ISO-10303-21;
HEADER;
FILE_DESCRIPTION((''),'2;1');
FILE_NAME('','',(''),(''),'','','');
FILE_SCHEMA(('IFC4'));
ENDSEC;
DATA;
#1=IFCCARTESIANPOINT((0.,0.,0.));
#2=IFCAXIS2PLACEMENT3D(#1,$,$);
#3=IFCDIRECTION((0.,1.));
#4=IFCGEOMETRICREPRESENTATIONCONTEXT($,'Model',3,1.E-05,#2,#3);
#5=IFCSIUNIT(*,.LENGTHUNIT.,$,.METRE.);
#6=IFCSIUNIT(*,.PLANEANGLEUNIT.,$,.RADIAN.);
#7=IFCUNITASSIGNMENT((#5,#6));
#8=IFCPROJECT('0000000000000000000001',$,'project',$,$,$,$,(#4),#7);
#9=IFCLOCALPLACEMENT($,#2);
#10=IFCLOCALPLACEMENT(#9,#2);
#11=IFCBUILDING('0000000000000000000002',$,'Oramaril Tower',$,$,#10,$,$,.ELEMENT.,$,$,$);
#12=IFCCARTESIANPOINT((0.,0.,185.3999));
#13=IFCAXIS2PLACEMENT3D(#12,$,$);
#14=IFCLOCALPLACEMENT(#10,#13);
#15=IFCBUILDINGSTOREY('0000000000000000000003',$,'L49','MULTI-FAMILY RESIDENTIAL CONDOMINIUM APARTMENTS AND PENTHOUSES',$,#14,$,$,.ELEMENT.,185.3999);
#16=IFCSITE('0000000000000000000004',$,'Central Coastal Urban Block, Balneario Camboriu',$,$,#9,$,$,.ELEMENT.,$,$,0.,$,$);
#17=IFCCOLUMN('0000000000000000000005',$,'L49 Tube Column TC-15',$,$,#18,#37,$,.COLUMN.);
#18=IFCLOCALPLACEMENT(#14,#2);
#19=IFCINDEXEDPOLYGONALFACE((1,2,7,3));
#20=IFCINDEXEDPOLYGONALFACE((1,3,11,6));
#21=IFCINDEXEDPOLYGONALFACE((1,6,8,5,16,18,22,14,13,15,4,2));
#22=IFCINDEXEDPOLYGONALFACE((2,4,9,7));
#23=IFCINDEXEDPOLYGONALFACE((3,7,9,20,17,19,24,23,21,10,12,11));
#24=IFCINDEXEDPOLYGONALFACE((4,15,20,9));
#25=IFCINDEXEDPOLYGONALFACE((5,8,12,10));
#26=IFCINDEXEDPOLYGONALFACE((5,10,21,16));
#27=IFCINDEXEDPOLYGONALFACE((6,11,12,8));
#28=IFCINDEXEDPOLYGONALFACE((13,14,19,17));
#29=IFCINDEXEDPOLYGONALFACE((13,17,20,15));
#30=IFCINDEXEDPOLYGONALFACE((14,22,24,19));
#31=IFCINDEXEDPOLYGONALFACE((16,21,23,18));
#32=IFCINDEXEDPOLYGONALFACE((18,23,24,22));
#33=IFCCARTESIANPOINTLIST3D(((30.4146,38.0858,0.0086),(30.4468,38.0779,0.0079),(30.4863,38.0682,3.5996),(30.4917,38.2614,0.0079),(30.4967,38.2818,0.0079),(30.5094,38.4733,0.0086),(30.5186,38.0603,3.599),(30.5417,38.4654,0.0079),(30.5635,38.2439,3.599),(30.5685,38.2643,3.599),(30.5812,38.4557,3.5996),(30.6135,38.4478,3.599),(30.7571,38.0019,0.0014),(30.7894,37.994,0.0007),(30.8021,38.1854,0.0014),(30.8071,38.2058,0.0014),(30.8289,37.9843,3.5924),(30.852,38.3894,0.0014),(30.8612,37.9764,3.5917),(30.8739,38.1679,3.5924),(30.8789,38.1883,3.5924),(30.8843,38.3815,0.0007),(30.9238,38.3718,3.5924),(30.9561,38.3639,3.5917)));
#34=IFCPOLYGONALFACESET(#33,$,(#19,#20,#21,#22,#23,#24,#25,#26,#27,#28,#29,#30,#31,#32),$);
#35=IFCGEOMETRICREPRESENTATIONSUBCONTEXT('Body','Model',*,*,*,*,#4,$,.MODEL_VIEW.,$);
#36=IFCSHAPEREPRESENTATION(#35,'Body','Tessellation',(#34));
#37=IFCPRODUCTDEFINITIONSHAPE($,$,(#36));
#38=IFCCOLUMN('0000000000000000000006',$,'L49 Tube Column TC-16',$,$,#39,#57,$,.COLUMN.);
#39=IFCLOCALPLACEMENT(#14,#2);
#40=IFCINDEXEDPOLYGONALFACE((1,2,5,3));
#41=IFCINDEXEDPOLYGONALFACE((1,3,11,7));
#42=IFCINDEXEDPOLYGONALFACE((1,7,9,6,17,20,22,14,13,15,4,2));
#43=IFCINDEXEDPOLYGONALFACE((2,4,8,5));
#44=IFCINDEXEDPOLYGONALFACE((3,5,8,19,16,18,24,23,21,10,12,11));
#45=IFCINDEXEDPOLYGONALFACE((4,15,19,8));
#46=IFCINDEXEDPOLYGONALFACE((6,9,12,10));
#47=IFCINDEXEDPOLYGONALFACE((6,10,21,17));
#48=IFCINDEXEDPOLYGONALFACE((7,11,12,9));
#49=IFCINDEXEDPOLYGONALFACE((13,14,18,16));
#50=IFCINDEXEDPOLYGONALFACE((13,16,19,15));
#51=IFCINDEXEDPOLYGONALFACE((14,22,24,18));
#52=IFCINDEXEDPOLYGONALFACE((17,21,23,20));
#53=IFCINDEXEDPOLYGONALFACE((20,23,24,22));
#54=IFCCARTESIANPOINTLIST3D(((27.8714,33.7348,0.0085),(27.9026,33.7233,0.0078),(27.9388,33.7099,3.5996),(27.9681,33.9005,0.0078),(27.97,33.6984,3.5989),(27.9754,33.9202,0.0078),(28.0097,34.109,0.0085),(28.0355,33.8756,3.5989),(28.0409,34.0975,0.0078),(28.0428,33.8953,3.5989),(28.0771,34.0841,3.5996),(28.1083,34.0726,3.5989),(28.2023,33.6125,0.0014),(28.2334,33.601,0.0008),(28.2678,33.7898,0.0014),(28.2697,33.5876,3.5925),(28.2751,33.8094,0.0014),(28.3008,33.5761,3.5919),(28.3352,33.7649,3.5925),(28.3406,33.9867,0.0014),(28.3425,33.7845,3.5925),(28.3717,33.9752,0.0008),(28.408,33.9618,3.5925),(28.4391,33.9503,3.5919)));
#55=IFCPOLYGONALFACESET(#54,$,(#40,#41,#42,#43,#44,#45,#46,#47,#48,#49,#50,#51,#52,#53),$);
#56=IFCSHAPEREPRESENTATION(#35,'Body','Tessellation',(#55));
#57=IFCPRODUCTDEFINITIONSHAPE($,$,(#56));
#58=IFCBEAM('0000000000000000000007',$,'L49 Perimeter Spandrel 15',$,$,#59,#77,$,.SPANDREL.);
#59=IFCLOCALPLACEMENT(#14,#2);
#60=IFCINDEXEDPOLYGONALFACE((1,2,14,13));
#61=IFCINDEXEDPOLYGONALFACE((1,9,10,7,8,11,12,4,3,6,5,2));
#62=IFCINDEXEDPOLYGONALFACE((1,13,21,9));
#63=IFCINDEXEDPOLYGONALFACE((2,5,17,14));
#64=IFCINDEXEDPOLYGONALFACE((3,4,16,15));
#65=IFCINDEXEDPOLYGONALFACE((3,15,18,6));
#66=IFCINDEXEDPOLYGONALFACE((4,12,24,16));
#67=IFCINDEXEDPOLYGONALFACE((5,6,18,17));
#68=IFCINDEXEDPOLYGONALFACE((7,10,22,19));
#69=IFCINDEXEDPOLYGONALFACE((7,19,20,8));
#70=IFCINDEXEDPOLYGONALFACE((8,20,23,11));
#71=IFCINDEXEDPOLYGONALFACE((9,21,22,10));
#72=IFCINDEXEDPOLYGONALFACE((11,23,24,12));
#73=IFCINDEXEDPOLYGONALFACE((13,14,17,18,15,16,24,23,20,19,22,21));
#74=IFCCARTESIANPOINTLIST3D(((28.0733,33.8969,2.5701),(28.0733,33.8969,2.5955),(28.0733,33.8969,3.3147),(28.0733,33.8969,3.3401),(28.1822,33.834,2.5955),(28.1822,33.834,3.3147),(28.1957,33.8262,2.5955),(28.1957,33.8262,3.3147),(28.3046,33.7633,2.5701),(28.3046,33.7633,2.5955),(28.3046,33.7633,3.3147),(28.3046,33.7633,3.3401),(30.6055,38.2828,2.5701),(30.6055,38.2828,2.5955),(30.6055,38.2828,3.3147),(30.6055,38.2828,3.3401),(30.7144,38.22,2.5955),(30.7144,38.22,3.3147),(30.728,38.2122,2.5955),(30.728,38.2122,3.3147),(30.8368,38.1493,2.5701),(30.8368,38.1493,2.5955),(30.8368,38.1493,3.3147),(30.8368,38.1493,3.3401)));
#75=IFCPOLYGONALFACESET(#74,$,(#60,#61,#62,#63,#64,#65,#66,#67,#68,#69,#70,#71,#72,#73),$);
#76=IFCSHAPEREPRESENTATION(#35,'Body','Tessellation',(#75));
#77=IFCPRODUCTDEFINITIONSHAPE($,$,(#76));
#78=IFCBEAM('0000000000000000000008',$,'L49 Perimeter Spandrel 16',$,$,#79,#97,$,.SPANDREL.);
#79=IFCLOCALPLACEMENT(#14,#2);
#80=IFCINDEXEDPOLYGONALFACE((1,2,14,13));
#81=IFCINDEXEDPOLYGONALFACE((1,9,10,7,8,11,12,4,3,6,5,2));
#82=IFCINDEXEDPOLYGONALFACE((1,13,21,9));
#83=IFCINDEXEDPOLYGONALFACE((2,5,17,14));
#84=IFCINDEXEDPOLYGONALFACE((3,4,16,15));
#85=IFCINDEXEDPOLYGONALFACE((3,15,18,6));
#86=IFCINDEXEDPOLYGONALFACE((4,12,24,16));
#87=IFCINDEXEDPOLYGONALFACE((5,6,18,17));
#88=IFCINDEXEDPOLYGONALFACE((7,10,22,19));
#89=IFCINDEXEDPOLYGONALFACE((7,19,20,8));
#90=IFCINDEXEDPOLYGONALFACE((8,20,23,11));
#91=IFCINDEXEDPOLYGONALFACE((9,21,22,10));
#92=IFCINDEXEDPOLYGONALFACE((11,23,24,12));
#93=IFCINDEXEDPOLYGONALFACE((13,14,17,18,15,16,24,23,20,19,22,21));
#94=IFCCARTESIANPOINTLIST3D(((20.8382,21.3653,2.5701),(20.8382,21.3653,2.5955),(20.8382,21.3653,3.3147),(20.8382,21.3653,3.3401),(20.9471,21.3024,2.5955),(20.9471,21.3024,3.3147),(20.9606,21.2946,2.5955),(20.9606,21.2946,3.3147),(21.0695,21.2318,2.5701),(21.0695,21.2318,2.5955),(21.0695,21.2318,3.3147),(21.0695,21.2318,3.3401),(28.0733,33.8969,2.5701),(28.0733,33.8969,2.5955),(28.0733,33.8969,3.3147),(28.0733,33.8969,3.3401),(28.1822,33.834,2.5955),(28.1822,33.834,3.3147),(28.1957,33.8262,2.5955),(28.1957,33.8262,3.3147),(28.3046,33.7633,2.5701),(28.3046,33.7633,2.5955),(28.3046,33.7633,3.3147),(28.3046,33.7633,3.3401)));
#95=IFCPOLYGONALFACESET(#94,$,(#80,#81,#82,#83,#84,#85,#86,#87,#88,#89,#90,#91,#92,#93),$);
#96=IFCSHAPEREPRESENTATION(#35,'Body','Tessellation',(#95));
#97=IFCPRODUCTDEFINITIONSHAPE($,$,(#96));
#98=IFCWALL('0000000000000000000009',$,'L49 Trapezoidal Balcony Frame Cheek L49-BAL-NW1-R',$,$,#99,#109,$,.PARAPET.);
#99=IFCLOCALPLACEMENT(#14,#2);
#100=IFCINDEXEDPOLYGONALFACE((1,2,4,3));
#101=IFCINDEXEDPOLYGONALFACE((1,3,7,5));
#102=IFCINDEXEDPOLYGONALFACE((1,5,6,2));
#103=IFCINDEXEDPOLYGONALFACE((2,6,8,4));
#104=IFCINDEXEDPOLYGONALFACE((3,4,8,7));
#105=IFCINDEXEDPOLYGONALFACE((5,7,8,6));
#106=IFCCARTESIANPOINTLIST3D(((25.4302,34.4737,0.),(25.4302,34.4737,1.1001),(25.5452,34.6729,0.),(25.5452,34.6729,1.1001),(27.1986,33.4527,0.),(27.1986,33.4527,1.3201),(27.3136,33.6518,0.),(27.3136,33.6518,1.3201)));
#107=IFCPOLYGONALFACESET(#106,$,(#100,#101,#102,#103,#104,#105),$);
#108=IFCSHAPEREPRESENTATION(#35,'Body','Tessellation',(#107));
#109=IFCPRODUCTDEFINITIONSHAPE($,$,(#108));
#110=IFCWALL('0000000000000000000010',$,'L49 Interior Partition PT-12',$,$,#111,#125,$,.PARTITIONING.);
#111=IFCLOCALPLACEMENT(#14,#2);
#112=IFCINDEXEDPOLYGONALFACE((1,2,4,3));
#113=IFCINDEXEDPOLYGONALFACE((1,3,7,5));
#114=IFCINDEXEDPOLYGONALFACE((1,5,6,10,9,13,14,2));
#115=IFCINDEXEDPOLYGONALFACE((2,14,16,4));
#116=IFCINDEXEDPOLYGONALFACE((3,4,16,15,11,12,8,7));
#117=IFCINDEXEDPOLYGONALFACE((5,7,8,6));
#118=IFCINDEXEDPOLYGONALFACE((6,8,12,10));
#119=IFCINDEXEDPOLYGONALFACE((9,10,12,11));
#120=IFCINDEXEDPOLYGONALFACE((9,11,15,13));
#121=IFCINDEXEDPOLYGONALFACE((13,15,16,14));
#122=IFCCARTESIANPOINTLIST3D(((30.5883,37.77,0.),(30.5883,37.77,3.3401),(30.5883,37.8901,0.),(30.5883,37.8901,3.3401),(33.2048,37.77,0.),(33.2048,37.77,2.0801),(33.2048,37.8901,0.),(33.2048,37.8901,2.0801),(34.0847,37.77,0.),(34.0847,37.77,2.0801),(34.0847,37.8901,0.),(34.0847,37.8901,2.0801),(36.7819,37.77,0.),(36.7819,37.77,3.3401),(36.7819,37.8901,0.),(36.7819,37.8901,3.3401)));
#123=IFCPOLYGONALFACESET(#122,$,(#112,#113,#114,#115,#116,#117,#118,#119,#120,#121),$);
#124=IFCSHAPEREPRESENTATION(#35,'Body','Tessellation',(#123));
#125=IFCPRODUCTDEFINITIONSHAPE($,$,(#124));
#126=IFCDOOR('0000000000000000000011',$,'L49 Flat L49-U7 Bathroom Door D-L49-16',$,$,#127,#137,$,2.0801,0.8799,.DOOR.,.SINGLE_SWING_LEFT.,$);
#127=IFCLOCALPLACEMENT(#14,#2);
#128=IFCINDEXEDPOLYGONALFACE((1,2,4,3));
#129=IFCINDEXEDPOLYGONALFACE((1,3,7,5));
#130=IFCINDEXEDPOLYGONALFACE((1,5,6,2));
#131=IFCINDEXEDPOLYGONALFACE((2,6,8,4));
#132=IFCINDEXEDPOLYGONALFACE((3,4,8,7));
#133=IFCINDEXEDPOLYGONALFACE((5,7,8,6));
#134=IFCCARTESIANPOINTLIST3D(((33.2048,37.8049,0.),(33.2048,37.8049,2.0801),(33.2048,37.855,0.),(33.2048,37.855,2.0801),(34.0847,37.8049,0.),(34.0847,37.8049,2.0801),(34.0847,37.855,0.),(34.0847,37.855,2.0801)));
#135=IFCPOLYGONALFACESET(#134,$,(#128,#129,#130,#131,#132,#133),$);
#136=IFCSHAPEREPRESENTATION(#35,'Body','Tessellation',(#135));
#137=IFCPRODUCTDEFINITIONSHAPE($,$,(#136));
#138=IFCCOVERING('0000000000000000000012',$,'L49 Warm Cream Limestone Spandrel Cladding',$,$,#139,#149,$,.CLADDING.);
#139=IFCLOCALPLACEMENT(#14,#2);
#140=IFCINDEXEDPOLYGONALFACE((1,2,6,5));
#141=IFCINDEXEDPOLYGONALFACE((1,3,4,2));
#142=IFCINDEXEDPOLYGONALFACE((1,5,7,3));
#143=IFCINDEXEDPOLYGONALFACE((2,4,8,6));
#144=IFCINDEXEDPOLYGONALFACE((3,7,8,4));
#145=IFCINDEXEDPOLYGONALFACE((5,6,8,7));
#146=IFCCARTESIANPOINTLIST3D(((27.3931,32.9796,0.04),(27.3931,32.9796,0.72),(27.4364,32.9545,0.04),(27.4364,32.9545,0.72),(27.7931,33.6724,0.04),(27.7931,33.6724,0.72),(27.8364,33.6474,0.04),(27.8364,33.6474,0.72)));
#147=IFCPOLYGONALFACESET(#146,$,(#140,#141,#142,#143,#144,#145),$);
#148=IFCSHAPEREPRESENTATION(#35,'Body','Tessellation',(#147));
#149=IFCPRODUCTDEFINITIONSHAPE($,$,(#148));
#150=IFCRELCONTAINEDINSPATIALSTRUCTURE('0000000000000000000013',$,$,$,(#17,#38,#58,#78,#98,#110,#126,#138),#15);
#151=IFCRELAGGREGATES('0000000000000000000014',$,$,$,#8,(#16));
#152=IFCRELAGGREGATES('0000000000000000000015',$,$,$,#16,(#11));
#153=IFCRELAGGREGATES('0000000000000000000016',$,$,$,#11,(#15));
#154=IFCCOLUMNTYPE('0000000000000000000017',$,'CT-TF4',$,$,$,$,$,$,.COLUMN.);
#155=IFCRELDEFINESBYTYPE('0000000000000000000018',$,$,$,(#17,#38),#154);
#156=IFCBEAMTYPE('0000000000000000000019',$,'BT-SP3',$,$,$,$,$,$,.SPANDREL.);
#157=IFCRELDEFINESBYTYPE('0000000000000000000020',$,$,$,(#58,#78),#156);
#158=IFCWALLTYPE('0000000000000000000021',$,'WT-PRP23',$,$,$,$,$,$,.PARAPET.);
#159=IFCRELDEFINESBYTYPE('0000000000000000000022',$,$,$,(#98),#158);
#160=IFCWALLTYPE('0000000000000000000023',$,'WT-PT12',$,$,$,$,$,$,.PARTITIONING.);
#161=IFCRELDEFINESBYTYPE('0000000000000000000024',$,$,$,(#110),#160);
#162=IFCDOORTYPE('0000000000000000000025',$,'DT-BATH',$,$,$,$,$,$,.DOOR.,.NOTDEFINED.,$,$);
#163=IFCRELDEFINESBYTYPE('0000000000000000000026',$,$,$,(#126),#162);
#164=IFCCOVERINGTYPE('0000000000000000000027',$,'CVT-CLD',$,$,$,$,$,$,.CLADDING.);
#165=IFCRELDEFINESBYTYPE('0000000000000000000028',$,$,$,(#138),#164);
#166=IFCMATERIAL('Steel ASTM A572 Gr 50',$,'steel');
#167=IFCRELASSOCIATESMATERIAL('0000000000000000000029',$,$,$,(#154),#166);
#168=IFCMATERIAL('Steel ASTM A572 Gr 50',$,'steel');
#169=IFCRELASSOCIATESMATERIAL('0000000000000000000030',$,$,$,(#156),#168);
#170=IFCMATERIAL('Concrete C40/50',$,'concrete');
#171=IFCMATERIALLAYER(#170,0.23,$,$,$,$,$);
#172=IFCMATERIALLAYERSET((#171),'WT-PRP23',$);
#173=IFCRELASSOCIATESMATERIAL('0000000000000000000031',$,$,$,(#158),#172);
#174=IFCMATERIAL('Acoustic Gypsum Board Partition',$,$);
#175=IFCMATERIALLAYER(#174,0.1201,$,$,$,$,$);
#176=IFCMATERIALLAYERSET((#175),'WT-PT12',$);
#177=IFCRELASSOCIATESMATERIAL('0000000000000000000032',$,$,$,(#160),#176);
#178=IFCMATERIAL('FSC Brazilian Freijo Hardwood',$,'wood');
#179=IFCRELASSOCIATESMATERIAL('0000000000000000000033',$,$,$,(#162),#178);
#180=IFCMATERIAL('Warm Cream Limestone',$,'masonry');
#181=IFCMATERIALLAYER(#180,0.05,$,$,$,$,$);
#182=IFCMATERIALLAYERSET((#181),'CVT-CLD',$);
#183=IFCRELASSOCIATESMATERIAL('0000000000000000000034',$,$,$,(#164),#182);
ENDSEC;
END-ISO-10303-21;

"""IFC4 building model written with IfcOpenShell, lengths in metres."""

from ifc_helpers import new_model, si_unit, direction, frame, frame_2d, origin, origin_2d, place, context, subcontext, project, spatial, polyline, rectangle, i_section, outline, extrude, material, layer, layer_set, material_profile, profile_set, type_object, element, fill, save


model = new_model("IFC4")

# Units and contexts
model_context = context("Model", 3, precision=1e-05, world=origin(), true_north=direction((0.0, 1.0)))
body_context = subcontext(model_context, "Body", "Model", "MODEL_VIEW")
ifc_project = project(units=[si_unit("LENGTHUNIT", "METRE"), si_unit("PLANEANGLEUNIT", "RADIAN")], contexts=[model_context])

# Site, building, storey
site_placement = place(None, origin())
site = spatial("IfcSite", under=ifc_project, at=site_placement, Name="Central Coastal Urban Block, Balneario Camboriu", CompositionType="ELEMENT", RefElevation=0.0)
building_placement = place(site_placement, origin())
building = spatial("IfcBuilding", under=site, at=building_placement, Name="Oramaril Tower", CompositionType="ELEMENT")
storey_placement = place(building_placement, frame((0.0, 0.0, 185.3999)))
storey = spatial("IfcBuildingStorey", under=building, at=storey_placement, Name="L49", Description="MULTI-FAMILY RESIDENTIAL CONDOMINIUM APARTMENTS AND PENTHOUSES", CompositionType="ELEMENT", Elevation=185.3999)

# Columns
ifc_material_1 = material(Name="Steel ASTM A572 Gr 50", Category="steel")
ifc_material_profile_1 = material_profile(ifc_material_1, i_section(OverallWidth=0.3989, OverallDepth=0.386, WebThickness=0.021, FlangeThickness=0.0332, at=origin_2d()), Name="W14X176")
ifc_profile_set_1 = profile_set([ifc_material_profile_1], Name="Steel ASTM A572 Gr 50")
column_type = type_object("IfcColumnType", Name="CT-TF4", PredefinedType="COLUMN", material=ifc_profile_set_1)
for number, where, z_axis, x_axis, name in (
    (1, (30.6494, 38.2336, 0.0046), (0.019984, -0.004894, 0.999788), (0.237869, 0.971297, 0.0), "L49 Tube Column TC-15"),
    (2, (28.1216, 33.855, 0.0046), (0.01876, -0.006933, 0.9998), (0.34665, 0.937994, 0.0), "L49 Tube Column TC-16"),
):
    element("IfcColumn", number, at=place(storey_placement, frame(where, z_axis=z_axis, x_axis=x_axis)), inside=storey, type_object=column_type, Name=name, PredefinedType="COLUMN", context=body_context, shape_type="SweptSolid", body=[
        extrude(i_section(OverallWidth=0.3989, OverallDepth=0.386, WebThickness=0.021, FlangeThickness=0.0332, at=origin_2d()), origin(), (0.0, 0.0, 1.0), 3.5918),
    ])

# Beams
ifc_material_2 = material(Name="Steel ASTM A572 Gr 50", Category="steel")
ifc_material_profile_2 = material_profile(ifc_material_2, i_section(OverallWidth=0.2671, OverallDepth=0.77, WebThickness=0.0156, FlangeThickness=0.0254, at=origin_2d()), Name="W30X132")
ifc_profile_set_2 = profile_set([ifc_material_profile_2], Name="Steel ASTM A572 Gr 50")
beam_type = type_object("IfcBeamType", Name="BT-SP3", PredefinedType="SPANDREL", material=ifc_profile_set_2)
beam_1_placement = place(storey_placement, frame((30.7212, 38.2161, 2.9551), z_axis=(-0.499996, -0.866027, 0.0), x_axis=(0.866027, -0.499996, 0.0)))
element("IfcBeam", 3, at=beam_1_placement, inside=storey, type_object=beam_type, Name="L49 Perimeter Spandrel 15", PredefinedType="SPANDREL", context=body_context, shape_type="SweptSolid", body=[
    extrude(i_section(OverallWidth=0.2671, OverallDepth=0.77, WebThickness=0.0156, FlangeThickness=0.0254, at=origin_2d()), origin(), (0.0, 0.0, 1.0), 5.0645),
])
beam_2_placement = place(storey_placement, frame((28.189, 33.8301, 2.9551), z_axis=(-0.500002, -0.866024, 0.0), x_axis=(0.866024, -0.500002, 0.0)))
element("IfcBeam", 4, at=beam_2_placement, inside=storey, type_object=beam_type, Name="L49 Perimeter Spandrel 16", PredefinedType="SPANDREL", context=body_context, shape_type="SweptSolid", body=[
    extrude(i_section(OverallWidth=0.2671, OverallDepth=0.77, WebThickness=0.0156, FlangeThickness=0.0254, at=origin_2d()), origin(), (0.0, 0.0, 1.0), 14.4702),
])

# Wall
ifc_material_3 = material(Name="Concrete C40/50", Category="concrete")
ifc_layer_1 = layer(ifc_material_3, 0.23)
ifc_layer_set_1 = layer_set([ifc_layer_1], Name="WT-PRP23")
wall_type_1 = type_object("IfcWallType", Name="WT-PRP23", PredefinedType="PARAPET", material=ifc_layer_set_1)
wall_1_placement = place(storey_placement, frame((27.2561, 33.5522, 0.0), z_axis=(0.0, 0.0, 1.0), x_axis=(-0.866012, 0.500023, 0.0)))
element("IfcWall", 5, at=wall_1_placement, inside=storey, type_object=wall_type_1, Name="L49 Trapezoidal Balcony Frame Cheek L49-BAL-NW1-R", PredefinedType="PARAPET", context=body_context, shape_type="SweptSolid", body=[
    extrude(outline(polyline([(0.0, 0.0), (2.042, 0.0), (2.042, 1.1001), (0.0, 1.3201), (0.0, 0.0)])), frame((0.0, 0.115, 0.0), z_axis=(0.0, -1.0, 0.0), x_axis=(1.0, 0.0, 0.0)), (0.0, 0.0, 1.0), 0.23),
])

# Wall, opening, door
ifc_material_4 = material(Name="Acoustic Gypsum Board Partition")
ifc_layer_2 = layer(ifc_material_4, 0.1201)
ifc_layer_set_2 = layer_set([ifc_layer_2], Name="WT-PT12")
wall_type_2 = type_object("IfcWallType", Name="WT-PT12", PredefinedType="PARTITIONING", material=ifc_layer_set_2)
wall_2_placement = place(storey_placement, frame((30.5884, 37.8301, 0.0), z_axis=(0.0, 0.0, 1.0), x_axis=(1.0, 0.0, 0.0)))
wall_2 = element("IfcWall", 6, at=wall_2_placement, inside=storey, type_object=wall_type_2, Name="L49 Interior Partition PT-12", PredefinedType="PARTITIONING", context=body_context, shape_type="SweptSolid", body=[
    extrude(rectangle(XDim=6.1936, YDim=0.1201, at=frame_2d((3.0967, 0.0))), origin(), (0.0, 0.0, 1.0), 3.3401),
])
opening_placement = place(wall_2_placement, frame((2.6165, 0.0, 0.0)))
opening = element("IfcOpeningElement", 7, at=opening_placement, cuts=wall_2, PredefinedType="OPENING", context=body_context, shape_type="SweptSolid", body=[
    extrude(rectangle(XDim=0.8799, YDim=2.0801, at=frame_2d((0.4399, 1.04))), frame((0.0, 0.0601, 0.0), z_axis=(0.0, -1.0, 0.0), x_axis=(1.0, 0.0, 0.0)), (0.0, 0.0, 1.0), 0.1201),
])
ifc_material_5 = material(Name="FSC Brazilian Freijo Hardwood", Category="wood")
door_type = type_object("IfcDoorType", Name="DT-BATH", OperationType="NOTDEFINED", PredefinedType="DOOR", material=ifc_material_5)
door_placement = place(opening_placement, origin())
door = element("IfcDoor", 8, at=door_placement, inside=storey, type_object=door_type, Name="L49 Flat L49-U7 Bathroom Door D-L49-16", OperationType="SINGLE_SWING_LEFT", OverallHeight=2.0801, OverallWidth=0.8799, PredefinedType="DOOR", context=body_context, shape_type="SweptSolid", body=[
    extrude(rectangle(XDim=0.8799, YDim=2.0801, at=frame_2d((0.4399, 1.04))), frame((0.0, 0.0249, 0.0), z_axis=(0.0, -1.0, 0.0), x_axis=(1.0, 0.0, 0.0)), (0.0, 0.0, 1.0), 0.05),
])
fill(opening, door)

# Covering
ifc_material_6 = material(Name="Warm Cream Limestone", Category="masonry")
ifc_layer_3 = layer(ifc_material_6, 0.05)
ifc_layer_set_3 = layer_set([ifc_layer_3], Name="CVT-CLD")
covering_type = type_object("IfcCoveringType", Name="CVT-CLD", PredefinedType="CLADDING", material=ifc_layer_set_3)
covering_placement = place(storey_placement, frame((27.6147, 33.3135, 0.04), z_axis=(0.0, 0.0, 1.0), x_axis=(-0.5, -0.866025, 0.0)))
element("IfcCovering", 9, at=covering_placement, inside=storey, type_object=covering_type, Name="L49 Warm Cream Limestone Spandrel Cladding", PredefinedType="CLADDING", context=body_context, shape_type="SweptSolid", body=[
    extrude(rectangle(XDim=0.8, YDim=0.05, at=origin_2d()), origin(), (0.0, 0.0, 1.0), 0.6799),
])

save(model, "model.ifc")
